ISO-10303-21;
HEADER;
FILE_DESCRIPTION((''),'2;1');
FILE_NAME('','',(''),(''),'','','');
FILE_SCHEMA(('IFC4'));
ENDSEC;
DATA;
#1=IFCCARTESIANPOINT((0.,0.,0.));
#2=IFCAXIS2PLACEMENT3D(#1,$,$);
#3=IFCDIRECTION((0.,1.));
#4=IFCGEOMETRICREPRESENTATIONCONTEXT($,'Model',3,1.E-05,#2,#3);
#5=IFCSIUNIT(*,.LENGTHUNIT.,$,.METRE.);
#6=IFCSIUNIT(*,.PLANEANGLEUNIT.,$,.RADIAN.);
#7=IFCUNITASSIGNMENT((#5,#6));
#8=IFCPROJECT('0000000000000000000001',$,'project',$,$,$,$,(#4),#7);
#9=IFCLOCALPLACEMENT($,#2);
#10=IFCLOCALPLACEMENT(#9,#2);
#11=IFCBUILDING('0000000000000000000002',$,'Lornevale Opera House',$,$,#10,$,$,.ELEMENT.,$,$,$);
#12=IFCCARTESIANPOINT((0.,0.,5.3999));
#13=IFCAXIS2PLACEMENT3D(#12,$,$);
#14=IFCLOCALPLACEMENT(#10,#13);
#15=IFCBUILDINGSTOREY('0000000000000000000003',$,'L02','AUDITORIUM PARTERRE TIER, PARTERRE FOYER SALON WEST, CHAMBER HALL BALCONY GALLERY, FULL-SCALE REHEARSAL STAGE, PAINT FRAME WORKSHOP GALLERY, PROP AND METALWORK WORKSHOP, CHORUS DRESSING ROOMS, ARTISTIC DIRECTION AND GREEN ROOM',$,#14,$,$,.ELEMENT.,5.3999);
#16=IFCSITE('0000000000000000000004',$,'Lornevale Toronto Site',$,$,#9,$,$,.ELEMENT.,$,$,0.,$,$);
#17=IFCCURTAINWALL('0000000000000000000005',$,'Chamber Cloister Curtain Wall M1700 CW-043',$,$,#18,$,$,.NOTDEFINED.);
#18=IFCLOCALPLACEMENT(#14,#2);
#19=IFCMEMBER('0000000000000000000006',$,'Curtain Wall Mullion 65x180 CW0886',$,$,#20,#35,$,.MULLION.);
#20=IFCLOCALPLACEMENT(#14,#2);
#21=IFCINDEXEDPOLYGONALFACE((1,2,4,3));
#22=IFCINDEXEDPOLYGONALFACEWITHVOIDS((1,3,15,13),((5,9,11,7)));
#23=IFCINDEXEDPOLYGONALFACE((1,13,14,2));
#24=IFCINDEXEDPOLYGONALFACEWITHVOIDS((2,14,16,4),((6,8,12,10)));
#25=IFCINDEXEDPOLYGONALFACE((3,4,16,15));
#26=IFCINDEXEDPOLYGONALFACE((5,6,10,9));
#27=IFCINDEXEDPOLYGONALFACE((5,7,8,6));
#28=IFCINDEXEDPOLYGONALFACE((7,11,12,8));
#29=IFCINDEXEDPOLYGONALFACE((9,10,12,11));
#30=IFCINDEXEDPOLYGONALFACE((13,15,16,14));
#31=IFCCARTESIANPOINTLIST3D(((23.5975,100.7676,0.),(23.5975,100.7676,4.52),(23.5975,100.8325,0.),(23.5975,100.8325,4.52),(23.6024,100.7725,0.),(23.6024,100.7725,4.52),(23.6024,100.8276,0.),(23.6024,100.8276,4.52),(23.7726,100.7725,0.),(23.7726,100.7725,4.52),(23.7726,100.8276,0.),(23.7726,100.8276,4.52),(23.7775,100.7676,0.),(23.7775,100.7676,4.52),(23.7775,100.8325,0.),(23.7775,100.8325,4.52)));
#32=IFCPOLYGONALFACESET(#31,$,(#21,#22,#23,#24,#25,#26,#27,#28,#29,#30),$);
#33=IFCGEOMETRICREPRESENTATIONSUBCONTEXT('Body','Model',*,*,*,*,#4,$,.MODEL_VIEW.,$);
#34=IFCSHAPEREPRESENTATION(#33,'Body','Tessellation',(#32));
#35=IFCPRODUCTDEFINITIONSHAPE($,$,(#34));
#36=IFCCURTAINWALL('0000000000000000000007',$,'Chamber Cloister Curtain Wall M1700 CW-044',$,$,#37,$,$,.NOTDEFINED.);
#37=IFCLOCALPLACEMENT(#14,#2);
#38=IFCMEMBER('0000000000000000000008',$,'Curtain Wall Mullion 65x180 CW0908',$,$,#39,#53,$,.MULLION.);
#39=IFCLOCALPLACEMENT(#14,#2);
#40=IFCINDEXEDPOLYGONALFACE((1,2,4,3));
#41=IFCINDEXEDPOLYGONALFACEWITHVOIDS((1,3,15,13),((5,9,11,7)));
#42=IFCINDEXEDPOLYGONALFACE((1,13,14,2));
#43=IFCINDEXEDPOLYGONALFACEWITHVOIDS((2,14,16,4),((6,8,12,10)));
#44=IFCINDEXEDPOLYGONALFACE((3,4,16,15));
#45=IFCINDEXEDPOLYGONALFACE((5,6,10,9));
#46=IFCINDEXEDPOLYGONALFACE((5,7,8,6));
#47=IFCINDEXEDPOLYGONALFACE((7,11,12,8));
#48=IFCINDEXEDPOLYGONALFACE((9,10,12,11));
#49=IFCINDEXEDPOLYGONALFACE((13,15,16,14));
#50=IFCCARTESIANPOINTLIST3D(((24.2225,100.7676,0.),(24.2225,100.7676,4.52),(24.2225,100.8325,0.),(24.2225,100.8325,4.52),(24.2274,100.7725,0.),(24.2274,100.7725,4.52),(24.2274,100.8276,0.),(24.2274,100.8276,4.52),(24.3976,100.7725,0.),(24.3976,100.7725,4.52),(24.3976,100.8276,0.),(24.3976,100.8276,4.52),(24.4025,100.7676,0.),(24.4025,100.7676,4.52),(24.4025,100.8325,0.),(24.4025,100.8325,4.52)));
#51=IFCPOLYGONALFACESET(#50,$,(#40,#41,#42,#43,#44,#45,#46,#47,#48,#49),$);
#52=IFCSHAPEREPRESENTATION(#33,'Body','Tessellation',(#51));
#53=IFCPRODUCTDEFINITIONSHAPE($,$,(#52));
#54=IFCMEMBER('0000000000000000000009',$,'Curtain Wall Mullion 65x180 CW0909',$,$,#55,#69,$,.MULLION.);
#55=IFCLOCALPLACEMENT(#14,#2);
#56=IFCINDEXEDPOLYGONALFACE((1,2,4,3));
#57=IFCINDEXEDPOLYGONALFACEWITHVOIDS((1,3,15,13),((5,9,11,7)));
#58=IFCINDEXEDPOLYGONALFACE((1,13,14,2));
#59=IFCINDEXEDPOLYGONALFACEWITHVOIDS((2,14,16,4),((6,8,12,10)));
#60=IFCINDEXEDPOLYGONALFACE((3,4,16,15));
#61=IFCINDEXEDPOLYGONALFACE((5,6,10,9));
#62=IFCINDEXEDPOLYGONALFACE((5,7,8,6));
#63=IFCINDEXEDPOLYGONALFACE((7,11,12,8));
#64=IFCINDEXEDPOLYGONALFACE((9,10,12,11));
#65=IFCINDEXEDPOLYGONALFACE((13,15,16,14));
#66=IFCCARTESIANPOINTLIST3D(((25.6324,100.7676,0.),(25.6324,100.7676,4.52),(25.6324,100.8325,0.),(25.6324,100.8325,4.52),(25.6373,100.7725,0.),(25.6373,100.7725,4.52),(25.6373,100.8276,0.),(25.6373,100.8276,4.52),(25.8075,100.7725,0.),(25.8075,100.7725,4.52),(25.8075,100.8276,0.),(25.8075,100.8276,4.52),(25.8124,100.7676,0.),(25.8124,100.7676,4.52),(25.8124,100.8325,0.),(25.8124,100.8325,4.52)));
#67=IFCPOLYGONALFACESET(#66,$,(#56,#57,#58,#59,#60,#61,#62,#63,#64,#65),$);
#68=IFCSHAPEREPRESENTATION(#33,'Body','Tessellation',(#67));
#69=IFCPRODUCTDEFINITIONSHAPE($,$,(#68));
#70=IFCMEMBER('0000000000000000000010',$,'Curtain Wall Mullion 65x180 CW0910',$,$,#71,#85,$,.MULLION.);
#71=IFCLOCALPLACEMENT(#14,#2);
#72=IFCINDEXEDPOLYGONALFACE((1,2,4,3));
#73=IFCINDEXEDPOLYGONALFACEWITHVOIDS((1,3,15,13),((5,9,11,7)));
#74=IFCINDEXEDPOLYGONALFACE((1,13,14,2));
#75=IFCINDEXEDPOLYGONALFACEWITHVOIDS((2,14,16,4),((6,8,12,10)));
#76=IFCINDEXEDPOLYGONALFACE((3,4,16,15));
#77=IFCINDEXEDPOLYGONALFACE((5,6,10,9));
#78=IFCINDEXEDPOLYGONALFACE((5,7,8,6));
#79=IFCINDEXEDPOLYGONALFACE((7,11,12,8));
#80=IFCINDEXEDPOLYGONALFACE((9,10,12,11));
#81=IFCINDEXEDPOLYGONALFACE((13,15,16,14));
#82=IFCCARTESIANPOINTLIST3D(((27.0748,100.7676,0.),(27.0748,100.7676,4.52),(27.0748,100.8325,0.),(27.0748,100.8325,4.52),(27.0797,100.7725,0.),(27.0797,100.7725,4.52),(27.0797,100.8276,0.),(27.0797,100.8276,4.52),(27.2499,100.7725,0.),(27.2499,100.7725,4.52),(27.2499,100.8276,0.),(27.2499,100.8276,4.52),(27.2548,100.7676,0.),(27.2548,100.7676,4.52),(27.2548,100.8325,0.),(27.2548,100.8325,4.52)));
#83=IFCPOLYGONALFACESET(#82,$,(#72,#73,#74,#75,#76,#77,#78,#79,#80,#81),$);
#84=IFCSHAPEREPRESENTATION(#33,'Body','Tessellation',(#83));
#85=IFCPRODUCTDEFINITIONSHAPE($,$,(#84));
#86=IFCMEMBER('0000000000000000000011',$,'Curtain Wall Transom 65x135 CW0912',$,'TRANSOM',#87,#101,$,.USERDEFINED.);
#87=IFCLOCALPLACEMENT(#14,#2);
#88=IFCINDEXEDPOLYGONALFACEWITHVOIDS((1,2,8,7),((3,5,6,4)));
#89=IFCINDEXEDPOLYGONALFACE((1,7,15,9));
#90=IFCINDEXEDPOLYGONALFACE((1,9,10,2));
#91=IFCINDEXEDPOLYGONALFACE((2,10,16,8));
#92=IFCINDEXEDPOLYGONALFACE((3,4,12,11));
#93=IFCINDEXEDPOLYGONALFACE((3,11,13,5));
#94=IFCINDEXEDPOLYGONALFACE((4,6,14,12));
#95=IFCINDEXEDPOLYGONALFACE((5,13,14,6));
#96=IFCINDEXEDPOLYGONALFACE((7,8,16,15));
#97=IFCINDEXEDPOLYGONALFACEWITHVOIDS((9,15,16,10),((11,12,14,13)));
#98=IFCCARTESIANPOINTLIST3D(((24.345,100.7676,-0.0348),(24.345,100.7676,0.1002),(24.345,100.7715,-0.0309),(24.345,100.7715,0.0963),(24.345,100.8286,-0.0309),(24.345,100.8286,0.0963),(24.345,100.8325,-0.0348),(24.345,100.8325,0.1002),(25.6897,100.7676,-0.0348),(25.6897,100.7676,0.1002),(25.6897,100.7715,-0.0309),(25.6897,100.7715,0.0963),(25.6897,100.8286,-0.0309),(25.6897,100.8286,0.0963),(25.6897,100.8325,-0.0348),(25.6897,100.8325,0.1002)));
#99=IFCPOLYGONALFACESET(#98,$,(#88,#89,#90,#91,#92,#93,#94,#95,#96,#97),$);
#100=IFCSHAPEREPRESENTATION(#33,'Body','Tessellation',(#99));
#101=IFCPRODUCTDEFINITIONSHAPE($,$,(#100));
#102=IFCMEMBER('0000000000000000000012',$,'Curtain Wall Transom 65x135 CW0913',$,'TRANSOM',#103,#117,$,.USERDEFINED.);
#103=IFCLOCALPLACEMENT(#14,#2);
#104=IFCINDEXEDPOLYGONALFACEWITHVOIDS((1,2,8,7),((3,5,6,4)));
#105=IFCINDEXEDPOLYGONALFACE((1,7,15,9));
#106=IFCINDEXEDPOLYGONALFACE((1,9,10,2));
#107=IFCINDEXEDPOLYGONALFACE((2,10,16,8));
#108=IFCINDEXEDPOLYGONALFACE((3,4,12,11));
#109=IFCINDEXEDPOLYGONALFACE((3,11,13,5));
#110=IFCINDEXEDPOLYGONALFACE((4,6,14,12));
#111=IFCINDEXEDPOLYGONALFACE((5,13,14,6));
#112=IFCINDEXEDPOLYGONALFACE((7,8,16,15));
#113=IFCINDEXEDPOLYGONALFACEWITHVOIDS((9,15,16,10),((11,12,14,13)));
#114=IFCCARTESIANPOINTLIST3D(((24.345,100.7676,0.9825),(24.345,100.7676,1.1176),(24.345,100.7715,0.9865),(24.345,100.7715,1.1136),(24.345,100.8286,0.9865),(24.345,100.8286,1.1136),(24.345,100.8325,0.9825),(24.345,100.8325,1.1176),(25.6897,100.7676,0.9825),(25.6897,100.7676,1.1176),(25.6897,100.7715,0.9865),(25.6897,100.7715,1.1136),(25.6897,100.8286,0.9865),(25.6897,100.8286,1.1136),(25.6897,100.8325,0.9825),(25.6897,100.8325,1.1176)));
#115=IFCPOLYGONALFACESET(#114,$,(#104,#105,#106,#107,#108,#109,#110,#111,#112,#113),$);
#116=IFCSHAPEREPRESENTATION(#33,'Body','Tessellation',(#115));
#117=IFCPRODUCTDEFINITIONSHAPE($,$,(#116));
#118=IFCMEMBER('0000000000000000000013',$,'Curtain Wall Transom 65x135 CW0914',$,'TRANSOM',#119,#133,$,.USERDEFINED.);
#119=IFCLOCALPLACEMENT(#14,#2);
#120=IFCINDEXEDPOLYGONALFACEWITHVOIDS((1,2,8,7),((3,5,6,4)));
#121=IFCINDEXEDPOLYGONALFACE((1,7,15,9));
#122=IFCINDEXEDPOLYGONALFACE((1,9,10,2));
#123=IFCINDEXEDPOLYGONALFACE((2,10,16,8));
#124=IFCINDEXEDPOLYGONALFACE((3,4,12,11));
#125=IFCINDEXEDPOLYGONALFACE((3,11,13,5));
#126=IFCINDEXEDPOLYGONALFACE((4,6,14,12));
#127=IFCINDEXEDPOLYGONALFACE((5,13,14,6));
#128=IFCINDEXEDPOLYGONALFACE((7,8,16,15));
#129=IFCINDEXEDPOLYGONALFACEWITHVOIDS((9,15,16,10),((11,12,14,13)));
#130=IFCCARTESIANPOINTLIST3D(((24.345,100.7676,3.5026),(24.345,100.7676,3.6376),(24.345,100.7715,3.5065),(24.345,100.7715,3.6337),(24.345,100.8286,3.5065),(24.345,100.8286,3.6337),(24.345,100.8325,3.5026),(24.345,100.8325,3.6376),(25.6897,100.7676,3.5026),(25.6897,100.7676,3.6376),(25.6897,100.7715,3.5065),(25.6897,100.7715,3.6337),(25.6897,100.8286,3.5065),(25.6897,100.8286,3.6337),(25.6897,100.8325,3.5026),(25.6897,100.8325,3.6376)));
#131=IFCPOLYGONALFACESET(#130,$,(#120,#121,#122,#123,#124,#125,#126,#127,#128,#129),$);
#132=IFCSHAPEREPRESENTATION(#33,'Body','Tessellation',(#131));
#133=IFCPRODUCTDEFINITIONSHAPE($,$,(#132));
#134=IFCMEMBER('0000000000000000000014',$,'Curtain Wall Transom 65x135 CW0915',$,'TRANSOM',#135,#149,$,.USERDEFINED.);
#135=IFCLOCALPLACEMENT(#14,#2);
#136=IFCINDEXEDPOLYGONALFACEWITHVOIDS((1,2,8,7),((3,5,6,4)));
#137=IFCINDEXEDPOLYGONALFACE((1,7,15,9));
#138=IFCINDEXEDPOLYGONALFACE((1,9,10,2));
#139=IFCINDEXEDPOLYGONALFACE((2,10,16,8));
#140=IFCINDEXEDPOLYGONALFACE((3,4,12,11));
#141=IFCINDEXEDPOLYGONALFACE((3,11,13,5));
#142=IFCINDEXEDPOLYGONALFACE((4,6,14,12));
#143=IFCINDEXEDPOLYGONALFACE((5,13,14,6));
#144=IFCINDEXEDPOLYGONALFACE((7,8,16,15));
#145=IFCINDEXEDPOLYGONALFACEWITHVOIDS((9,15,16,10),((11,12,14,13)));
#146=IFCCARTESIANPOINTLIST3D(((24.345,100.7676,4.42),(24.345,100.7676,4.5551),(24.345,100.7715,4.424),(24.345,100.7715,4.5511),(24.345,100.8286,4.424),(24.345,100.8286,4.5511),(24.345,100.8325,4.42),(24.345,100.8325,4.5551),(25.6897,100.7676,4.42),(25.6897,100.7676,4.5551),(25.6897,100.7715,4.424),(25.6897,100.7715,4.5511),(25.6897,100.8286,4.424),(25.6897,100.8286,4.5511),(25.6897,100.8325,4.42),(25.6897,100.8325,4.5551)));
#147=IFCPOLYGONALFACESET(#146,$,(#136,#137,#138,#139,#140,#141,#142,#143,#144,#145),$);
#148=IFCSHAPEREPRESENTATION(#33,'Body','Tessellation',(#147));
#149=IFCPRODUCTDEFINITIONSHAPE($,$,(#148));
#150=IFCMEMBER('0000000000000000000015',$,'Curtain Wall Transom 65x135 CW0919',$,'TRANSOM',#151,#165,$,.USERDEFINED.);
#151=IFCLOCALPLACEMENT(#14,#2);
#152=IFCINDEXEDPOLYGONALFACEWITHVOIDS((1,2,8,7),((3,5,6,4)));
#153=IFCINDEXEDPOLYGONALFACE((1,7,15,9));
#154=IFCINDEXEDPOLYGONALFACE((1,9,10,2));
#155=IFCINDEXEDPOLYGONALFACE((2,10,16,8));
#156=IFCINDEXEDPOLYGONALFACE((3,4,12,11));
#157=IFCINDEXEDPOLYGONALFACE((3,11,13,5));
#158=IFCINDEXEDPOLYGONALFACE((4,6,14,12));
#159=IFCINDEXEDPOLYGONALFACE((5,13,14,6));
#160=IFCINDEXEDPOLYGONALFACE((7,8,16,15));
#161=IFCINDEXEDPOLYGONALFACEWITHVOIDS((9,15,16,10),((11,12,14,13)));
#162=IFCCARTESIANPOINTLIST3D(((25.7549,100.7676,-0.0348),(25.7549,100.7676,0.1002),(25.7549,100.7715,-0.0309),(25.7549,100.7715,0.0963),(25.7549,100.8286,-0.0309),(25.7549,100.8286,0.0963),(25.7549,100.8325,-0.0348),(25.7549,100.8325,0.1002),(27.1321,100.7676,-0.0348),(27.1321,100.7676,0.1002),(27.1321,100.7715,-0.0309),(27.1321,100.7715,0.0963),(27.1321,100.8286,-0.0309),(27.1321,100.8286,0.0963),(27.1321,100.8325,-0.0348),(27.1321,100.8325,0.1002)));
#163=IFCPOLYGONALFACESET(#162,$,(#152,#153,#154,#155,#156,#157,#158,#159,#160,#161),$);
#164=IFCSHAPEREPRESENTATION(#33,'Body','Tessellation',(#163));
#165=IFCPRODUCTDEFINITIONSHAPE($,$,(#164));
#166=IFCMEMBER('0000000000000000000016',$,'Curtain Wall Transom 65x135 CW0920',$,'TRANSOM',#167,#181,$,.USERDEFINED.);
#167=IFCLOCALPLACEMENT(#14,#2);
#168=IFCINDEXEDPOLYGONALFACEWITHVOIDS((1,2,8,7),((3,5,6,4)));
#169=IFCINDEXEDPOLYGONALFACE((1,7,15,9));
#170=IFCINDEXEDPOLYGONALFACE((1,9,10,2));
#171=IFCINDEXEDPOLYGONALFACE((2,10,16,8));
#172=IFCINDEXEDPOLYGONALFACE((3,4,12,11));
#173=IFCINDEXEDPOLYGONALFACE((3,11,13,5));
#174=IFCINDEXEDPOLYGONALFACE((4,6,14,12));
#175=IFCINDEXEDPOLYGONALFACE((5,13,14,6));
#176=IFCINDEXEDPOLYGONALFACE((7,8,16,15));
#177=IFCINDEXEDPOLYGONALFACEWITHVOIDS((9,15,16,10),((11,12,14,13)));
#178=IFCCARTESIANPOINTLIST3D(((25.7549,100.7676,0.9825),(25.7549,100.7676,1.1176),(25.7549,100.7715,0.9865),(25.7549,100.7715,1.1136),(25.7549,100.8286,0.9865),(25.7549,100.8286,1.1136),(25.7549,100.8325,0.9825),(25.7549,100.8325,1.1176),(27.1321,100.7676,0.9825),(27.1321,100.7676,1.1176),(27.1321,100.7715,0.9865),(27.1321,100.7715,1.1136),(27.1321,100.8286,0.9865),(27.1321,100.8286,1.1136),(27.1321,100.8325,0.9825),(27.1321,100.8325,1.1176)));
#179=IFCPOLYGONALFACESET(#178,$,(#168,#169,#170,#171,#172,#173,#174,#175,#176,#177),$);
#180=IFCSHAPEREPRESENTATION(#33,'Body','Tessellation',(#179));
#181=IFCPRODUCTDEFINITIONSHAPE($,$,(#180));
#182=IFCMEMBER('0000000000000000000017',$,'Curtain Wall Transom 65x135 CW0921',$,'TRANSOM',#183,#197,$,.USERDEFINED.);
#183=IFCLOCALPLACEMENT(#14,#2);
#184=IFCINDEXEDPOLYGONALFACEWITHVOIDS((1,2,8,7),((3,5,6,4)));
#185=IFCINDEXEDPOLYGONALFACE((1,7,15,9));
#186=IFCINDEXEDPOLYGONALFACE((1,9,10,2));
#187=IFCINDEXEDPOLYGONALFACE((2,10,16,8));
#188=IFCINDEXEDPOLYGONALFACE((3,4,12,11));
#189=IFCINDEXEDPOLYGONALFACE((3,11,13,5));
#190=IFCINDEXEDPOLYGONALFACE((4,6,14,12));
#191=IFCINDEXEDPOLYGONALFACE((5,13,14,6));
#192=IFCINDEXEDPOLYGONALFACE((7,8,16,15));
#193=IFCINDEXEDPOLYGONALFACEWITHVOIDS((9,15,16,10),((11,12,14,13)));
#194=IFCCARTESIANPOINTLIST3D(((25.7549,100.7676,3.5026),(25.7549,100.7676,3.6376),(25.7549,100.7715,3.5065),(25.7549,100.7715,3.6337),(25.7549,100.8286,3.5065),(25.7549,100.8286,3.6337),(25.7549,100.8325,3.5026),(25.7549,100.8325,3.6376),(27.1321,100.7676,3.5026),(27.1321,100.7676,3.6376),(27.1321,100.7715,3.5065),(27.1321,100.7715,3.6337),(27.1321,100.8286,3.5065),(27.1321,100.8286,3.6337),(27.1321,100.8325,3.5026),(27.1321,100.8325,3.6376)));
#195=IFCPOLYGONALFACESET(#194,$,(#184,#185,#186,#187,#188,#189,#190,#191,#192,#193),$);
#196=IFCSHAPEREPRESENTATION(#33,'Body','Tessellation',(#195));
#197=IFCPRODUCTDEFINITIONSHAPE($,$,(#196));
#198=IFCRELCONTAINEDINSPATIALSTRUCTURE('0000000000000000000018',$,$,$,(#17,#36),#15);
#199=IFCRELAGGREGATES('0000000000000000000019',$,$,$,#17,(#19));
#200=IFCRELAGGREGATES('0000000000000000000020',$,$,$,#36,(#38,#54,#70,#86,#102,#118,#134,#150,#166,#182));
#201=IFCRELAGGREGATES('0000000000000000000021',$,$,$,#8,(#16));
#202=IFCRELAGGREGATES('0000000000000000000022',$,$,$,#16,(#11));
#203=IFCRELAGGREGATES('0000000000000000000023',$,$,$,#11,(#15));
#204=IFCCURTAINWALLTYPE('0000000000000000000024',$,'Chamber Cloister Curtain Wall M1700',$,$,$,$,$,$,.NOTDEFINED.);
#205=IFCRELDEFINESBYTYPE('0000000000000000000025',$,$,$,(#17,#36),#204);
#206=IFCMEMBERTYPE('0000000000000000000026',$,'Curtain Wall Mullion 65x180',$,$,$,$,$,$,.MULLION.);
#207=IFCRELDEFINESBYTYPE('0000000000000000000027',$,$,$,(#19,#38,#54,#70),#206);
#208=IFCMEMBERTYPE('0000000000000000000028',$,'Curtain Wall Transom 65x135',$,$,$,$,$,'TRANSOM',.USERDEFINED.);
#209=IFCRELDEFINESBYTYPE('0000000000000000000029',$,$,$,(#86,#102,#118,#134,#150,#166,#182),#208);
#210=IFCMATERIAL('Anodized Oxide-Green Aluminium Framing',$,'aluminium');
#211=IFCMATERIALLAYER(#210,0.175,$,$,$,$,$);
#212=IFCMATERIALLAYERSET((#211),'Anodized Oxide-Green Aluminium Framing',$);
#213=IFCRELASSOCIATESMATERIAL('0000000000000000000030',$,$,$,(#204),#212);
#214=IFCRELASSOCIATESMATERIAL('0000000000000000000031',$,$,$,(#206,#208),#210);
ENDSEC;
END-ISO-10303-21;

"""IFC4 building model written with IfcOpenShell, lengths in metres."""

from ifc_helpers import new_model, si_unit, direction, frame, origin, origin_2d, place, context, subcontext, project, spatial, hollow_rectangle, extrude, material, layer, layer_set, material_profile, profile_set, type_object, element, aggregate, save


model = new_model("IFC4")

# Units and contexts
model_context = context("Model", 3, precision=1e-05, world=origin(), true_north=direction((0.0, 1.0)))
body_context = subcontext(model_context, "Body", "Model", "MODEL_VIEW")
ifc_project = project(units=[si_unit("LENGTHUNIT", "METRE"), si_unit("PLANEANGLEUNIT", "RADIAN")], contexts=[model_context])

# Site, building, storey
site_placement = place(None, origin())
site = spatial("IfcSite", under=ifc_project, at=site_placement, Name="Lornevale Toronto Site", CompositionType="ELEMENT", RefElevation=0.0)
building_placement = place(site_placement, origin())
building = spatial("IfcBuilding", under=site, at=building_placement, Name="Lornevale Opera House", CompositionType="ELEMENT")
storey_placement = place(building_placement, frame((0.0, 0.0, 5.3999)))
storey = spatial("IfcBuildingStorey", under=building, at=storey_placement, Name="L02", Description="AUDITORIUM PARTERRE TIER, PARTERRE FOYER SALON WEST, CHAMBER HALL BALCONY GALLERY, FULL-SCALE REHEARSAL STAGE, PAINT FRAME WORKSHOP GALLERY, PROP AND METALWORK WORKSHOP, CHORUS DRESSING ROOMS, ARTISTIC DIRECTION AND GREEN ROOM", CompositionType="ELEMENT", Elevation=5.3999)

# Curtain wall, member
ifc_material_1 = material(Name="Anodized Oxide-Green Aluminium Framing", Category="aluminium")
ifc_layer_1 = layer(ifc_material_1, 0.175)
ifc_layer_set_1 = layer_set([ifc_layer_1], Name="Anodized Oxide-Green Aluminium Framing")
curtain_wall_type = type_object("IfcCurtainWallType", Name="Chamber Cloister Curtain Wall M1700", PredefinedType="NOTDEFINED", material=ifc_layer_set_1)
curtain_wall_1_placement = place(storey_placement, origin())
curtain_wall_1 = element("IfcCurtainWall", 1, at=curtain_wall_1_placement, inside=storey, type_object=curtain_wall_type, Name="Chamber Cloister Curtain Wall M1700 CW-043", PredefinedType="NOTDEFINED")
ifc_material_profile_1 = material_profile(ifc_material_1, hollow_rectangle(XDim=0.0649, YDim=0.1799, WallThickness=0.0049, at=origin_2d()), Name="ALU65x180x5")
ifc_profile_set_1 = profile_set([ifc_material_profile_1], Name="Anodized Oxide-Green Aluminium Framing")
member_type_1 = type_object("IfcMemberType", Name="Curtain Wall Mullion 65x180", PredefinedType="MULLION", material=ifc_profile_set_1)
member_1_placement = place(storey_placement, frame((23.6875, 100.8, 0.0), z_axis=(0.0, 0.0, 1.0), x_axis=(0.0, 1.0, 0.0)))
member_1 = element("IfcMember", 2, at=member_1_placement, type_object=member_type_1, Name="Curtain Wall Mullion 65x180 CW0886", PredefinedType="MULLION", context=body_context, shape_type="SweptSolid", body=[
    extrude(hollow_rectangle(XDim=0.0649, YDim=0.1799, WallThickness=0.0049, at=origin_2d()), origin(), (0.0, 0.0, 1.0), 4.52),
])

# Curtain wall, members
curtain_wall_2_placement = place(storey_placement, origin())
curtain_wall_2 = element("IfcCurtainWall", 3, at=curtain_wall_2_placement, inside=storey, type_object=curtain_wall_type, Name="Chamber Cloister Curtain Wall M1700 CW-044", PredefinedType="NOTDEFINED")
member_2_placement = place(storey_placement, frame((24.3125, 100.8, 0.0), z_axis=(0.0, 0.0, 1.0), x_axis=(0.0, 1.0, 0.0)))
member_2 = element("IfcMember", 4, at=member_2_placement, type_object=member_type_1, Name="Curtain Wall Mullion 65x180 CW0908", PredefinedType="MULLION", context=body_context, shape_type="SweptSolid", body=[
    extrude(hollow_rectangle(XDim=0.0649, YDim=0.1799, WallThickness=0.0049, at=origin_2d()), origin(), (0.0, 0.0, 1.0), 4.52),
])
member_3_placement = place(storey_placement, frame((25.7224, 100.8, 0.0), z_axis=(0.0, 0.0, 1.0), x_axis=(0.0, 1.0, 0.0)))
member_3 = element("IfcMember", 5, at=member_3_placement, type_object=member_type_1, Name="Curtain Wall Mullion 65x180 CW0909", PredefinedType="MULLION", context=body_context, shape_type="SweptSolid", body=[
    extrude(hollow_rectangle(XDim=0.0649, YDim=0.1799, WallThickness=0.0049, at=origin_2d()), origin(), (0.0, 0.0, 1.0), 4.52),
])
member_4_placement = place(storey_placement, frame((27.1648, 100.8, 0.0), z_axis=(0.0, 0.0, 1.0), x_axis=(0.0, 1.0, 0.0)))
member_4 = element("IfcMember", 6, at=member_4_placement, type_object=member_type_1, Name="Curtain Wall Mullion 65x180 CW0910", PredefinedType="MULLION", context=body_context, shape_type="SweptSolid", body=[
    extrude(hollow_rectangle(XDim=0.0649, YDim=0.1799, WallThickness=0.0049, at=origin_2d()), origin(), (0.0, 0.0, 1.0), 4.52),
])
ifc_material_profile_2 = material_profile(ifc_material_1, hollow_rectangle(XDim=0.0649, YDim=0.135, WallThickness=0.0039, at=origin_2d()), Name="ALU65x135x4")
ifc_profile_set_2 = profile_set([ifc_material_profile_2], Name="Anodized Oxide-Green Aluminium Framing")
member_type_2 = type_object("IfcMemberType", Name="Curtain Wall Transom 65x135", ElementType="TRANSOM", PredefinedType="USERDEFINED", material=ifc_profile_set_2)
member_5_placement = place(storey_placement, frame((24.345, 100.8, 0.0327), z_axis=(1.0, 0.0, 0.0), x_axis=(0.0, 1.0, 0.0)))
member_5 = element("IfcMember", 7, at=member_5_placement, type_object=member_type_2, Name="Curtain Wall Transom 65x135 CW0912", ObjectType="TRANSOM", PredefinedType="USERDEFINED", context=body_context, shape_type="SweptSolid", body=[
    extrude(hollow_rectangle(XDim=0.0649, YDim=0.135, WallThickness=0.0039, at=origin_2d()), origin(), (0.0, 0.0, 1.0), 1.3447),
])
member_6_placement = place(storey_placement, frame((24.345, 100.8, 1.05), z_axis=(1.0, 0.0, 0.0), x_axis=(0.0, 1.0, 0.0)))
member_6 = element("IfcMember", 8, at=member_6_placement, type_object=member_type_2, Name="Curtain Wall Transom 65x135 CW0913", ObjectType="TRANSOM", PredefinedType="USERDEFINED", context=body_context, shape_type="SweptSolid", body=[
    extrude(hollow_rectangle(XDim=0.0649, YDim=0.135, WallThickness=0.0039, at=origin_2d()), origin(), (0.0, 0.0, 1.0), 1.3447),
])
member_7_placement = place(storey_placement, frame((24.345, 100.8, 3.5701), z_axis=(1.0, 0.0, 0.0), x_axis=(0.0, 1.0, 0.0)))
member_7 = element("IfcMember", 9, at=member_7_placement, type_object=member_type_2, Name="Curtain Wall Transom 65x135 CW0914", ObjectType="TRANSOM", PredefinedType="USERDEFINED", context=body_context, shape_type="SweptSolid", body=[
    extrude(hollow_rectangle(XDim=0.0649, YDim=0.135, WallThickness=0.0039, at=origin_2d()), origin(), (0.0, 0.0, 1.0), 1.3447),
])
member_8_placement = place(storey_placement, frame((24.345, 100.8, 4.4875), z_axis=(1.0, 0.0, 0.0), x_axis=(0.0, 1.0, 0.0)))
member_8 = element("IfcMember", 10, at=member_8_placement, type_object=member_type_2, Name="Curtain Wall Transom 65x135 CW0915", ObjectType="TRANSOM", PredefinedType="USERDEFINED", context=body_context, shape_type="SweptSolid", body=[
    extrude(hollow_rectangle(XDim=0.0649, YDim=0.135, WallThickness=0.0039, at=origin_2d()), origin(), (0.0, 0.0, 1.0), 1.3447),
])
member_9_placement = place(storey_placement, frame((25.7549, 100.8, 0.0327), z_axis=(1.0, 0.0, 0.0), x_axis=(0.0, 1.0, 0.0)))
member_9 = element("IfcMember", 11, at=member_9_placement, type_object=member_type_2, Name="Curtain Wall Transom 65x135 CW0919", ObjectType="TRANSOM", PredefinedType="USERDEFINED", context=body_context, shape_type="SweptSolid", body=[
    extrude(hollow_rectangle(XDim=0.0649, YDim=0.135, WallThickness=0.0039, at=origin_2d()), origin(), (0.0, 0.0, 1.0), 1.3772),
])
member_10_placement = place(storey_placement, frame((25.7549, 100.8, 1.05), z_axis=(1.0, 0.0, 0.0), x_axis=(0.0, 1.0, 0.0)))
member_10 = element("IfcMember", 12, at=member_10_placement, type_object=member_type_2, Name="Curtain Wall Transom 65x135 CW0920", ObjectType="TRANSOM", PredefinedType="USERDEFINED", context=body_context, shape_type="SweptSolid", body=[
    extrude(hollow_rectangle(XDim=0.0649, YDim=0.135, WallThickness=0.0039, at=origin_2d()), origin(), (0.0, 0.0, 1.0), 1.3772),
])
member_11_placement = place(storey_placement, frame((25.7549, 100.8, 3.5701), z_axis=(1.0, 0.0, 0.0), x_axis=(0.0, 1.0, 0.0)))
member_11 = element("IfcMember", 13, at=member_11_placement, type_object=member_type_2, Name="Curtain Wall Transom 65x135 CW0921", ObjectType="TRANSOM", PredefinedType="USERDEFINED", context=body_context, shape_type="SweptSolid", body=[
    extrude(hollow_rectangle(XDim=0.0649, YDim=0.135, WallThickness=0.0039, at=origin_2d()), origin(), (0.0, 0.0, 1.0), 1.3772),
])

aggregate(curtain_wall_1, [member_1])
aggregate(curtain_wall_2, [member_2, member_3, member_4, member_5, member_6, member_7, member_8, member_9, member_10, member_11])

save(model, "model.ifc")
